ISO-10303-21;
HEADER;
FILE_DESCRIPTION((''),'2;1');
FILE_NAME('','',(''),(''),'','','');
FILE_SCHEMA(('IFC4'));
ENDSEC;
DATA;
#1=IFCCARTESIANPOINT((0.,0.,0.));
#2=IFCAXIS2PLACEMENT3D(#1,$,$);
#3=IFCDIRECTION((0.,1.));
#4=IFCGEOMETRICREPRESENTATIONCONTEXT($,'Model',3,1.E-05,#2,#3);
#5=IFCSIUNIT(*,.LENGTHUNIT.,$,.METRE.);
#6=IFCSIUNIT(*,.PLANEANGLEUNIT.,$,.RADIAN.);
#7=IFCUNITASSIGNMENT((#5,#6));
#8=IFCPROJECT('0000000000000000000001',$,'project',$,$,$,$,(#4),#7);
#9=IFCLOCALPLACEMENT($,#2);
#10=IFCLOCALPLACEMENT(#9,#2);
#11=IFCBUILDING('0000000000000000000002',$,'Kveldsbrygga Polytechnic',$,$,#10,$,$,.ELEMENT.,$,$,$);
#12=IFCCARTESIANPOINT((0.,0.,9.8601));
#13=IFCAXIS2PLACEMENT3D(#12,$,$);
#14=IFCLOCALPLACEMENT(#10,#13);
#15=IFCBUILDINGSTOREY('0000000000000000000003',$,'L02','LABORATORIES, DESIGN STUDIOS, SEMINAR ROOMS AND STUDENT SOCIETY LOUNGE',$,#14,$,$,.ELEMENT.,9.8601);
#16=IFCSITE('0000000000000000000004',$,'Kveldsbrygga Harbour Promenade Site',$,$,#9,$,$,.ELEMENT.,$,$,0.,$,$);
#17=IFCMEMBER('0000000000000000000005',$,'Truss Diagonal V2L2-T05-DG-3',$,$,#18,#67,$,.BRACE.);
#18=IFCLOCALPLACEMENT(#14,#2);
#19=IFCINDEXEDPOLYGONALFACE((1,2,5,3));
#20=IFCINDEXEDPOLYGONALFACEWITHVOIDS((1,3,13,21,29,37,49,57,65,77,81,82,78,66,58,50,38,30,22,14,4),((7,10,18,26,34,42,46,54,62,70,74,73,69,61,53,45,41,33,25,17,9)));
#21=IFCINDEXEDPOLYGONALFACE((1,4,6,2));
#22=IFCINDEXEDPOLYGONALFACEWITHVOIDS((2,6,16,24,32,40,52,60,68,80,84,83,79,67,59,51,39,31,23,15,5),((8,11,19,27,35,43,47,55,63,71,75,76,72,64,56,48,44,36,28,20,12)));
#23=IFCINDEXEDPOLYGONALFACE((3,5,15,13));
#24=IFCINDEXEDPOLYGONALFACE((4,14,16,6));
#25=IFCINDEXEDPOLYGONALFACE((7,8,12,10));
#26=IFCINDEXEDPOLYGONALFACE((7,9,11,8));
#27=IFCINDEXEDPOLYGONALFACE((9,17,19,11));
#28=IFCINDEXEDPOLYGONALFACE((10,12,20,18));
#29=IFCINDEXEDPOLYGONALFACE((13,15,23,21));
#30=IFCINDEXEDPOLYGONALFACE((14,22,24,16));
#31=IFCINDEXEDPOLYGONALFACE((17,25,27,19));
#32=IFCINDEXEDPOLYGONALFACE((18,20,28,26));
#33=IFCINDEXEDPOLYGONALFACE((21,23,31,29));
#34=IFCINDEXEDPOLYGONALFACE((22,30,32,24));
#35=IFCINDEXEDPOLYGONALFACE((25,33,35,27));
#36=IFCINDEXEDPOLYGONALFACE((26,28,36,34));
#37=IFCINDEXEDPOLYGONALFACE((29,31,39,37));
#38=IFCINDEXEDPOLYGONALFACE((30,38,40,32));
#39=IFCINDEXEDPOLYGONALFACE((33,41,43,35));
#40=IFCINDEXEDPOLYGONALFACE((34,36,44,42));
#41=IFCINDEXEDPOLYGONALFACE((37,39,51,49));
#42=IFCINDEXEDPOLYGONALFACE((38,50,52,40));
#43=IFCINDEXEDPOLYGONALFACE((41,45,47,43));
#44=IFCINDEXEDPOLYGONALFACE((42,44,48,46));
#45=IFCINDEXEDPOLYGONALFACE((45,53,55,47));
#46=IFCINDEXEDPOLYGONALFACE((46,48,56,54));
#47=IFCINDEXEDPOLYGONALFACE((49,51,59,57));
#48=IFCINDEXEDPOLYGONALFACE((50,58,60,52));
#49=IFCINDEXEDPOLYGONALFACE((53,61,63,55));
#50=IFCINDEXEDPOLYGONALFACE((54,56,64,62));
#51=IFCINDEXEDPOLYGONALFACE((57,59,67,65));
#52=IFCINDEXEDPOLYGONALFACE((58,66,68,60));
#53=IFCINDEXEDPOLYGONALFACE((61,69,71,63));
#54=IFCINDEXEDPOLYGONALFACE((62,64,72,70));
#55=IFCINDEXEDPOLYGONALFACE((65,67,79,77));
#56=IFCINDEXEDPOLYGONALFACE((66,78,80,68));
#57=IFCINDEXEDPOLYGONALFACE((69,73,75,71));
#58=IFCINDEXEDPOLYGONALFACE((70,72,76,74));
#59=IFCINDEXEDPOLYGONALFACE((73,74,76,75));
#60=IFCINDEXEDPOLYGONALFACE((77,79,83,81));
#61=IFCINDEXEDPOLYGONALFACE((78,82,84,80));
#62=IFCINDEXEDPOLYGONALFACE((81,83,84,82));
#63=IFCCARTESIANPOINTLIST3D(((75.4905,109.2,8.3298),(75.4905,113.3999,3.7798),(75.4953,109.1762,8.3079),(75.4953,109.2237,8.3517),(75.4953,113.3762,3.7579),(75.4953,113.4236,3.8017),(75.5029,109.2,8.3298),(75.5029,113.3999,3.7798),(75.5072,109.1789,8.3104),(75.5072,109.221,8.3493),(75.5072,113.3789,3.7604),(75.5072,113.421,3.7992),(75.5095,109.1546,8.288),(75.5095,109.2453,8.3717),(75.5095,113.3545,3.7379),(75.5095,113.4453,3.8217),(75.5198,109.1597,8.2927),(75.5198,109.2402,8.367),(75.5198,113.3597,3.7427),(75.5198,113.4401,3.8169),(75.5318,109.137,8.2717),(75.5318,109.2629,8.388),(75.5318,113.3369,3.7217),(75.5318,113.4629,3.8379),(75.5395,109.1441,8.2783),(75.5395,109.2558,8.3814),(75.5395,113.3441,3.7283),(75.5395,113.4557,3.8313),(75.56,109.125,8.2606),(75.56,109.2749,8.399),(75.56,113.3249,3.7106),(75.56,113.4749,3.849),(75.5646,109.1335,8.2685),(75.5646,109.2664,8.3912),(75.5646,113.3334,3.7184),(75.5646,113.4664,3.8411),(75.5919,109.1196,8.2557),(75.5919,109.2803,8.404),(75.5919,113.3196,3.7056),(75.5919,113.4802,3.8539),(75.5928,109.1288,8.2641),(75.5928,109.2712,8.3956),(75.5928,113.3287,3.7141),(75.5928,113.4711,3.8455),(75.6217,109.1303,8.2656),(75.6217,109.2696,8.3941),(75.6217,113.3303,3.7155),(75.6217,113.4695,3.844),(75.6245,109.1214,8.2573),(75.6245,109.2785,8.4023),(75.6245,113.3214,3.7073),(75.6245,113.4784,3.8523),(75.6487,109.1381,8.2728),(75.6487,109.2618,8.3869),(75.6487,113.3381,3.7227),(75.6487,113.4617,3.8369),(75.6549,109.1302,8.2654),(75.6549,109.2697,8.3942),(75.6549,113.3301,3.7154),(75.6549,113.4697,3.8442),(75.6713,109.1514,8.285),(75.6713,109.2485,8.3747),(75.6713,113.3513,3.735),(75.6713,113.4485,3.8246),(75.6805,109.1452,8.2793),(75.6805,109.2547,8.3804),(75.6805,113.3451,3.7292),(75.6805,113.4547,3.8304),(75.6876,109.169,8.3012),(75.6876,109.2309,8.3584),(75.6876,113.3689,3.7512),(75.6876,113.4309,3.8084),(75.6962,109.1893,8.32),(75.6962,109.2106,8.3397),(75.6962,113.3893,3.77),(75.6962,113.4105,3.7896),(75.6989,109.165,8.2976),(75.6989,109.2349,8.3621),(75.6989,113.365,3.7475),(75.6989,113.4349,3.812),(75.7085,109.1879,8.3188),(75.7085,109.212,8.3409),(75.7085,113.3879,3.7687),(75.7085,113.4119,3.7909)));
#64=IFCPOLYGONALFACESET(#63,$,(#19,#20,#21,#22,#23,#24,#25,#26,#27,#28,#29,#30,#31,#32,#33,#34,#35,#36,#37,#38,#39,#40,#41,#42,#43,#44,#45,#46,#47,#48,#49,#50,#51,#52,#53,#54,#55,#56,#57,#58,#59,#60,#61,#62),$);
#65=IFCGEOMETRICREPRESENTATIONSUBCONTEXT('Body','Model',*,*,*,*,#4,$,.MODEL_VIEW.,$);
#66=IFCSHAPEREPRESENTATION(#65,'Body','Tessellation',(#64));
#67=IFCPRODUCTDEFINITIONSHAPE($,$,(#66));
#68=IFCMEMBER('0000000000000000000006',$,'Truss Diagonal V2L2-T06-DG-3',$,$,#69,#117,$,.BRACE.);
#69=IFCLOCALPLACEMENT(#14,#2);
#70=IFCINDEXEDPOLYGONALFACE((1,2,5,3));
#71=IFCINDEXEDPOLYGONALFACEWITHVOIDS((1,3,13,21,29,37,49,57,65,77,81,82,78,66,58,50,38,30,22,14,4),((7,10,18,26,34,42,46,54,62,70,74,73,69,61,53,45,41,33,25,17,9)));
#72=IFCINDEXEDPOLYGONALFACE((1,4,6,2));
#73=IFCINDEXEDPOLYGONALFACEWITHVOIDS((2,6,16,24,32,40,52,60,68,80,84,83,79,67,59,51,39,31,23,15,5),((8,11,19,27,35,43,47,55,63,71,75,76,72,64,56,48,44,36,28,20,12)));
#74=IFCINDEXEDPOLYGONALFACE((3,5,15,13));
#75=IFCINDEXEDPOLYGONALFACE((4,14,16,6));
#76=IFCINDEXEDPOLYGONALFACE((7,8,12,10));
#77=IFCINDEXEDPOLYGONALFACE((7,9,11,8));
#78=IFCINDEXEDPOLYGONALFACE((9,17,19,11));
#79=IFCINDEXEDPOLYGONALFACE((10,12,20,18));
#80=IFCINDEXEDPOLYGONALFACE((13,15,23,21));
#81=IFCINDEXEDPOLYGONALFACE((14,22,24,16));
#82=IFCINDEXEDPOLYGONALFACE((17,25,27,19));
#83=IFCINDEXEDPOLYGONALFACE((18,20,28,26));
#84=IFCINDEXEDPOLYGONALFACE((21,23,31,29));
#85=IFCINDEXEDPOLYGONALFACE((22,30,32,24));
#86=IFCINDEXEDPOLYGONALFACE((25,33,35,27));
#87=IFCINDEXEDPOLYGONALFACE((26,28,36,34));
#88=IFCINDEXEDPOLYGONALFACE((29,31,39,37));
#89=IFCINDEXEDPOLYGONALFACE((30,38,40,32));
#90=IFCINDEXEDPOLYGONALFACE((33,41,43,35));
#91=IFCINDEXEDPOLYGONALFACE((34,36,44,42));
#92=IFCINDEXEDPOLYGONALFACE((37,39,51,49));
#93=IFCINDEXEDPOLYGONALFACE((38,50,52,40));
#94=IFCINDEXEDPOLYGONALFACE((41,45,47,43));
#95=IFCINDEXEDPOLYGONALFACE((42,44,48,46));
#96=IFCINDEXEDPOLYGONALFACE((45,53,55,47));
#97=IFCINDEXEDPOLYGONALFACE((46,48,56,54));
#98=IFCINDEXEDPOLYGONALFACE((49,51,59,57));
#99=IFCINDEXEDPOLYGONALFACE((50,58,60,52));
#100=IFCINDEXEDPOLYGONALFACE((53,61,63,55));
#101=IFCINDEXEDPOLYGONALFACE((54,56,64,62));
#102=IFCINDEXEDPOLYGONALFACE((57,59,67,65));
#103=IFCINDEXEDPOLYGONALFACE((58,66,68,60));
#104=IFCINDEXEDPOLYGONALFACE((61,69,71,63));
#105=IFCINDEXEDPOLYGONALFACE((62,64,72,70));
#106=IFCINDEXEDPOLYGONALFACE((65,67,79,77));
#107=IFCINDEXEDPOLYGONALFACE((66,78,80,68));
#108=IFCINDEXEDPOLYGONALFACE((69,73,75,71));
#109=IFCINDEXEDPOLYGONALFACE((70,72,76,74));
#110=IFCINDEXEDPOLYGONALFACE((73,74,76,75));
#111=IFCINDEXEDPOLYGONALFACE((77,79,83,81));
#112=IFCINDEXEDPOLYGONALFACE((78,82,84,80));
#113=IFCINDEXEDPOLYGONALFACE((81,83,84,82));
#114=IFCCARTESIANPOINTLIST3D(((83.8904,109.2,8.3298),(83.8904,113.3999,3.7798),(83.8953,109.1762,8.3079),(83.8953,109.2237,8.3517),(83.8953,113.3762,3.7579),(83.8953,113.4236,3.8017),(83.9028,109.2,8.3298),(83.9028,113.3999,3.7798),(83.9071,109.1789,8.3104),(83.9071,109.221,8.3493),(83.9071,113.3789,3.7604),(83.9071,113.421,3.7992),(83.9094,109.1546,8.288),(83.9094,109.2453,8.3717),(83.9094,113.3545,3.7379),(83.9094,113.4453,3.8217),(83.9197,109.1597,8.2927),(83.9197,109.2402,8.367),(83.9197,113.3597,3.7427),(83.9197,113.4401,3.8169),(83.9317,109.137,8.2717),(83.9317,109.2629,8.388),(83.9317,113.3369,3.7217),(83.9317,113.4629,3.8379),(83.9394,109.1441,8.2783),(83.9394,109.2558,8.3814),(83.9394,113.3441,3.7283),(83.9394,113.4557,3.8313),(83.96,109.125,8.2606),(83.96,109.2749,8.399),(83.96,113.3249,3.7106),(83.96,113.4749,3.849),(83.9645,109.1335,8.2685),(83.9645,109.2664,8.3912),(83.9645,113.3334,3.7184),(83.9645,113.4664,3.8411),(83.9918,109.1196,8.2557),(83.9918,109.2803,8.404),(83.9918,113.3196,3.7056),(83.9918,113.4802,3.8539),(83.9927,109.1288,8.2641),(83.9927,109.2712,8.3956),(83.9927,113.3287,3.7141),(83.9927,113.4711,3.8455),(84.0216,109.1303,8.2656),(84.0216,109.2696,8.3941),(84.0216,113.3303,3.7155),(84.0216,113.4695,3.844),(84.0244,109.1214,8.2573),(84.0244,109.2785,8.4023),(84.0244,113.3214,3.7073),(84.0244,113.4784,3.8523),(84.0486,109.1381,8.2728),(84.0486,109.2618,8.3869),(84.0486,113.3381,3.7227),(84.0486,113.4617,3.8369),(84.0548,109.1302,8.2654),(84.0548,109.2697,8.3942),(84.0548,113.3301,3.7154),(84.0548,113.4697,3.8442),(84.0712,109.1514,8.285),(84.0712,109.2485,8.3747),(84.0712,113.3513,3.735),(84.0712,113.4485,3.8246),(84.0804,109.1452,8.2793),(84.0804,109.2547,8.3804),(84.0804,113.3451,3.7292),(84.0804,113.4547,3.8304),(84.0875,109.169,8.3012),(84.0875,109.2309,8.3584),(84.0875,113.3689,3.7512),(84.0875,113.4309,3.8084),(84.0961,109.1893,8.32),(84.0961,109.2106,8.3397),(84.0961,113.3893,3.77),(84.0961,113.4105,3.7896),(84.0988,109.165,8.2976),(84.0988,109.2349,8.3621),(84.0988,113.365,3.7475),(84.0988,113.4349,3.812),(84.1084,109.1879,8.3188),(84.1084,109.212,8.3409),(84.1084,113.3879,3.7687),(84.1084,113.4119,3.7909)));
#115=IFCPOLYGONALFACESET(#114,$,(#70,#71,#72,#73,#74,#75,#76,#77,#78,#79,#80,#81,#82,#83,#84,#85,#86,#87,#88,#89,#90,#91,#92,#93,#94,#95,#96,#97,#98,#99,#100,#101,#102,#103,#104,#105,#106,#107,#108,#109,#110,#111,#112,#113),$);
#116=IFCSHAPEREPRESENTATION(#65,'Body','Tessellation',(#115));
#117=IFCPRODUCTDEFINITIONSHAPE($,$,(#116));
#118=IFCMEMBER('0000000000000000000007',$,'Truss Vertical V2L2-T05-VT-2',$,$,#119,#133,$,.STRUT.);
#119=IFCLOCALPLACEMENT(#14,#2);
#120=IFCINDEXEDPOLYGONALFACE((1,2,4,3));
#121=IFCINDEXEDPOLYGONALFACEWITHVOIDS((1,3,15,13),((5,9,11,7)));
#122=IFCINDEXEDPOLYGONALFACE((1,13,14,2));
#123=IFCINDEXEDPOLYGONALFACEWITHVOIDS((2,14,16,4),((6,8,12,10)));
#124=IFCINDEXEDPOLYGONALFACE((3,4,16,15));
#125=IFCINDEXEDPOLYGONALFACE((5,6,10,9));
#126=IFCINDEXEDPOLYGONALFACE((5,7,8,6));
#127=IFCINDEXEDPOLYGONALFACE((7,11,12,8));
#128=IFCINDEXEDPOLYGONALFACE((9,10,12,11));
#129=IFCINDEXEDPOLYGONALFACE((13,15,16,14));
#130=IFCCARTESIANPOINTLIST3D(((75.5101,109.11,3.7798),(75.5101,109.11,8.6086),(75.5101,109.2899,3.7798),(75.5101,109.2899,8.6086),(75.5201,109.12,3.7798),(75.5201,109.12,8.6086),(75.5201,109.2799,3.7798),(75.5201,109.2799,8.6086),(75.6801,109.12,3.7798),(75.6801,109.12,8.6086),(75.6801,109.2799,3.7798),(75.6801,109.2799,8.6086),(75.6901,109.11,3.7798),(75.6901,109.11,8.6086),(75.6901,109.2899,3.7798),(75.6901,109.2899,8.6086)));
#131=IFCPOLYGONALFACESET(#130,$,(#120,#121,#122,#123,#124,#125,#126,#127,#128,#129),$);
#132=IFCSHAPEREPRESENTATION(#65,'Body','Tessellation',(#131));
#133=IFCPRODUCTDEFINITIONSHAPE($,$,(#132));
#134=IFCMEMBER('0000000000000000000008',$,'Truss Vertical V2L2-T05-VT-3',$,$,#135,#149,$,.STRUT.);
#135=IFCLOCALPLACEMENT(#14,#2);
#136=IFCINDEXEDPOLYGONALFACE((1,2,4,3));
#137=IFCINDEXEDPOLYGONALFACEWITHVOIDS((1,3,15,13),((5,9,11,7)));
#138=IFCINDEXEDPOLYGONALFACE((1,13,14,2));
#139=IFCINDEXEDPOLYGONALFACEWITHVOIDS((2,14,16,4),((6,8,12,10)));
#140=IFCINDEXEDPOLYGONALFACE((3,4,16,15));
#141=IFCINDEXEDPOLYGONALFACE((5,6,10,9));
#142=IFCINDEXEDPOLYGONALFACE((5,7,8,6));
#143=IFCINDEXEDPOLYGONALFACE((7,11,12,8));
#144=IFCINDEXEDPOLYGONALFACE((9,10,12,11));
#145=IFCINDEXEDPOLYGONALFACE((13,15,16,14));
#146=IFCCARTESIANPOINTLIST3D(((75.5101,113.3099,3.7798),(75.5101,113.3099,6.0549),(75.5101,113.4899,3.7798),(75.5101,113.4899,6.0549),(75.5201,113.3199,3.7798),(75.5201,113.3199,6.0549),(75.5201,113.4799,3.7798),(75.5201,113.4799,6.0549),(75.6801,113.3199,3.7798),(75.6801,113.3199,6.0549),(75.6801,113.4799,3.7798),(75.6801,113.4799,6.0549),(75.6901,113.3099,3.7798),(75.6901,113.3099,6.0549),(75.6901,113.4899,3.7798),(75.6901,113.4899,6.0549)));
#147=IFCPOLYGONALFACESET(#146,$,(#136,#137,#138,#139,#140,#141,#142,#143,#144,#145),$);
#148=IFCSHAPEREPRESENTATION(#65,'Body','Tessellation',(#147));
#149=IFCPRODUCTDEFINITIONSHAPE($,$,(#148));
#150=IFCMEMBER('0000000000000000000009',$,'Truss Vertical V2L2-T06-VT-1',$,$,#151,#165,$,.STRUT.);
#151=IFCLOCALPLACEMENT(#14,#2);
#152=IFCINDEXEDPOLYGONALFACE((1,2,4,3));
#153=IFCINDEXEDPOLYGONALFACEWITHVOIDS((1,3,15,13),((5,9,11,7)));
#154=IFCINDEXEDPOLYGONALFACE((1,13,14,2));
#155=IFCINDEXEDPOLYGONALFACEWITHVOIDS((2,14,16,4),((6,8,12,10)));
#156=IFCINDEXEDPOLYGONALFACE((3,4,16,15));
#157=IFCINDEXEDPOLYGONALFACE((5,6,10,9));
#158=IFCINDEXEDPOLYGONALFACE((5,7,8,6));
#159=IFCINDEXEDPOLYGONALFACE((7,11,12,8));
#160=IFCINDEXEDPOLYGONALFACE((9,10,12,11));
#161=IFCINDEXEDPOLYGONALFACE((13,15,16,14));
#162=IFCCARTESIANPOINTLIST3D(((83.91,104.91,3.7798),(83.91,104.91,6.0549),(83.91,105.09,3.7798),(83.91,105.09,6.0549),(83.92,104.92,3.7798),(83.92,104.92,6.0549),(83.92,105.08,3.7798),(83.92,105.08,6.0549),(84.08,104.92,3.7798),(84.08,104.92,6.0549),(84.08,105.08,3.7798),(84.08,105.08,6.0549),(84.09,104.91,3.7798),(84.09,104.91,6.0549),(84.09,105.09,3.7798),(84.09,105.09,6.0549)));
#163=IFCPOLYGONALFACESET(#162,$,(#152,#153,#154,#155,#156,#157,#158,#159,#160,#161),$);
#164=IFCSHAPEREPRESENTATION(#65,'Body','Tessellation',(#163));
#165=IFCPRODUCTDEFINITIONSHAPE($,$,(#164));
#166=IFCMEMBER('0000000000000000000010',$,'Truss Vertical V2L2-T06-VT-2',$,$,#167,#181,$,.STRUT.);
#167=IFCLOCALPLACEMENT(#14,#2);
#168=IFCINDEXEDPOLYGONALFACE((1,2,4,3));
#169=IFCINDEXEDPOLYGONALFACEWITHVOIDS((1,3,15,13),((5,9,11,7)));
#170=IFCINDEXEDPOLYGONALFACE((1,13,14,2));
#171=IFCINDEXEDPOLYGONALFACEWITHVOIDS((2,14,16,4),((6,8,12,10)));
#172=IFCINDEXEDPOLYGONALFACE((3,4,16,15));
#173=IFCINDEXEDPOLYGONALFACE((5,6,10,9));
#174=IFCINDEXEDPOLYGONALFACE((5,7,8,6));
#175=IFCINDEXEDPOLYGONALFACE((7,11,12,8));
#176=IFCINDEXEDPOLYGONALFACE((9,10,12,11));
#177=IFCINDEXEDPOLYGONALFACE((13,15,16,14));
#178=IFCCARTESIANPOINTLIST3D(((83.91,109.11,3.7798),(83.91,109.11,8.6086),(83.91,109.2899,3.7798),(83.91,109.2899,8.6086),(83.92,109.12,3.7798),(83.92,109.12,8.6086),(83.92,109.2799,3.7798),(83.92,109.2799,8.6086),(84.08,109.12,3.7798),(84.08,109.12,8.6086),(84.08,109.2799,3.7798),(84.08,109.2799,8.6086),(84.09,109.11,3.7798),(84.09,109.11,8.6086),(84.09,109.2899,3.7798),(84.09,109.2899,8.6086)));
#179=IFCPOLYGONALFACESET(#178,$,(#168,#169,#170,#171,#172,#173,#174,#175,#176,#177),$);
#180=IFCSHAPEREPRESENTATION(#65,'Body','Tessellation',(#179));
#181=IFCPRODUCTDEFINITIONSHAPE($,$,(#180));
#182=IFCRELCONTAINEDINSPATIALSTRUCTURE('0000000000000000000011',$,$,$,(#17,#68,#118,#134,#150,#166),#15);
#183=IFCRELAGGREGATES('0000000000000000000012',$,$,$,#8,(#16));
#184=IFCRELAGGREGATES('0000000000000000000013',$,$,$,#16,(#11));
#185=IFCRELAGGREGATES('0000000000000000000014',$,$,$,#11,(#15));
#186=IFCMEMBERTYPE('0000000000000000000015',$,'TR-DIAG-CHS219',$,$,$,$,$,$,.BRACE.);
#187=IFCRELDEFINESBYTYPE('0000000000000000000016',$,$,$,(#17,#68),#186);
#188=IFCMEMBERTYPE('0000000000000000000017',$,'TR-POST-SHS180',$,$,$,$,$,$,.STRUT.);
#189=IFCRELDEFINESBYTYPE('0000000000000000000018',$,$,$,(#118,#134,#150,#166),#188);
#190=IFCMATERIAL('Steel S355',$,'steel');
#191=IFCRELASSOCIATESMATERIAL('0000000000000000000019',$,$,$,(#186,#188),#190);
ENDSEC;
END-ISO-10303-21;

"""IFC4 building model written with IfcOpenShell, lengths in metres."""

from ifc_helpers import new_model, si_unit, direction, frame, origin, origin_2d, place, context, subcontext, project, spatial, hollow_rectangle, hollow_circle, extrude, material, material_profile, profile_set, type_object, element, save


model = new_model("IFC4")

# Units and contexts
model_context = context("Model", 3, precision=1e-05, world=origin(), true_north=direction((0.0, 1.0)))
body_context = subcontext(model_context, "Body", "Model", "MODEL_VIEW")
ifc_project = project(units=[si_unit("LENGTHUNIT", "METRE"), si_unit("PLANEANGLEUNIT", "RADIAN")], contexts=[model_context])

# Site, building, storey
site_placement = place(None, origin())
site = spatial("IfcSite", under=ifc_project, at=site_placement, Name="Kveldsbrygga Harbour Promenade Site", CompositionType="ELEMENT", RefElevation=0.0)
building_placement = place(site_placement, origin())
building = spatial("IfcBuilding", under=site, at=building_placement, Name="Kveldsbrygga Polytechnic", CompositionType="ELEMENT")
storey_placement = place(building_placement, frame((0.0, 0.0, 9.8601)))
storey = spatial("IfcBuildingStorey", under=building, at=storey_placement, Name="L02", Description="LABORATORIES, DESIGN STUDIOS, SEMINAR ROOMS AND STUDENT SOCIETY LOUNGE", CompositionType="ELEMENT", Elevation=9.8601)

# Members
ifc_material_1 = material(Name="Steel S355", Category="steel")
ifc_material_profile_1 = material_profile(ifc_material_1, hollow_circle(Radius=0.1096, WallThickness=0.0125, at=origin_2d()), Name="CHS 219.1x12.5")
ifc_profile_set_1 = profile_set([ifc_material_profile_1], Name="Steel S355")
member_type_1 = type_object("IfcMemberType", Name="TR-DIAG-CHS219", PredefinedType="BRACE", material=ifc_profile_set_1)
for number, where, z_axis, x_axis, name in (
    (1, (75.6001, 109.2, 8.3298), (0.0, 0.678272, -0.734811), (-1.0, 0.0, 0.0), "Truss Diagonal V2L2-T05-DG-3"),
    (2, (84.0, 109.2, 8.3298), (0.0, 0.678272, -0.734811), (-1.0, 0.0, 0.0), "Truss Diagonal V2L2-T06-DG-3"),
):
    element("IfcMember", number, at=place(storey_placement, frame(where, z_axis=z_axis, x_axis=x_axis)), inside=storey, type_object=member_type_1, Name=name, PredefinedType="BRACE", context=body_context, shape_type="SweptSolid", body=[
        extrude(hollow_circle(Radius=0.1096, WallThickness=0.0125, at=origin_2d()), origin(), (0.0, 0.0, 1.0), 6.1921),
    ])
ifc_material_profile_2 = material_profile(ifc_material_1, hollow_rectangle(XDim=0.1799, YDim=0.1799, WallThickness=0.01, at=origin_2d()), Name="SHS 180x180x10.0")
ifc_profile_set_2 = profile_set([ifc_material_profile_2], Name="Steel S355")
member_type_2 = type_object("IfcMemberType", Name="TR-POST-SHS180", PredefinedType="STRUT", material=ifc_profile_set_2)
member_1_placement = place(storey_placement, frame((75.6001, 109.2, 3.7798), z_axis=(0.0, 0.0, 1.0), x_axis=(1.0, 0.0, 0.0)))
element("IfcMember", 3, at=member_1_placement, inside=storey, type_object=member_type_2, Name="Truss Vertical V2L2-T05-VT-2", PredefinedType="STRUT", context=body_context, shape_type="SweptSolid", body=[
    extrude(hollow_rectangle(XDim=0.1799, YDim=0.1799, WallThickness=0.01, at=origin_2d()), origin(), (0.0, 0.0, 1.0), 4.8289),
])
for number, where, z_axis, x_axis, name in (
    (4, (75.6001, 113.3999, 3.7798), (0.0, 0.0, 1.0), (1.0, 0.0, 0.0), "Truss Vertical V2L2-T05-VT-3"),
    (5, (84.0, 105.0, 3.7798), (0.0, 0.0, 1.0), (1.0, 0.0, 0.0), "Truss Vertical V2L2-T06-VT-1"),
):
    element("IfcMember", number, at=place(storey_placement, frame(where, z_axis=z_axis, x_axis=x_axis)), inside=storey, type_object=member_type_2, Name=name, PredefinedType="STRUT", context=body_context, shape_type="SweptSolid", body=[
        extrude(hollow_rectangle(XDim=0.1799, YDim=0.1799, WallThickness=0.01, at=origin_2d()), origin(), (0.0, 0.0, 1.0), 2.2751),
    ])
member_2_placement = place(storey_placement, frame((84.0, 109.2, 3.7798), z_axis=(0.0, 0.0, 1.0), x_axis=(1.0, 0.0, 0.0)))
element("IfcMember", 6, at=member_2_placement, inside=storey, type_object=member_type_2, Name="Truss Vertical V2L2-T06-VT-2", PredefinedType="STRUT", context=body_context, shape_type="SweptSolid", body=[
    extrude(hollow_rectangle(XDim=0.1799, YDim=0.1799, WallThickness=0.01, at=origin_2d()), origin(), (0.0, 0.0, 1.0), 4.8289),
])

save(model, "model.ifc")
